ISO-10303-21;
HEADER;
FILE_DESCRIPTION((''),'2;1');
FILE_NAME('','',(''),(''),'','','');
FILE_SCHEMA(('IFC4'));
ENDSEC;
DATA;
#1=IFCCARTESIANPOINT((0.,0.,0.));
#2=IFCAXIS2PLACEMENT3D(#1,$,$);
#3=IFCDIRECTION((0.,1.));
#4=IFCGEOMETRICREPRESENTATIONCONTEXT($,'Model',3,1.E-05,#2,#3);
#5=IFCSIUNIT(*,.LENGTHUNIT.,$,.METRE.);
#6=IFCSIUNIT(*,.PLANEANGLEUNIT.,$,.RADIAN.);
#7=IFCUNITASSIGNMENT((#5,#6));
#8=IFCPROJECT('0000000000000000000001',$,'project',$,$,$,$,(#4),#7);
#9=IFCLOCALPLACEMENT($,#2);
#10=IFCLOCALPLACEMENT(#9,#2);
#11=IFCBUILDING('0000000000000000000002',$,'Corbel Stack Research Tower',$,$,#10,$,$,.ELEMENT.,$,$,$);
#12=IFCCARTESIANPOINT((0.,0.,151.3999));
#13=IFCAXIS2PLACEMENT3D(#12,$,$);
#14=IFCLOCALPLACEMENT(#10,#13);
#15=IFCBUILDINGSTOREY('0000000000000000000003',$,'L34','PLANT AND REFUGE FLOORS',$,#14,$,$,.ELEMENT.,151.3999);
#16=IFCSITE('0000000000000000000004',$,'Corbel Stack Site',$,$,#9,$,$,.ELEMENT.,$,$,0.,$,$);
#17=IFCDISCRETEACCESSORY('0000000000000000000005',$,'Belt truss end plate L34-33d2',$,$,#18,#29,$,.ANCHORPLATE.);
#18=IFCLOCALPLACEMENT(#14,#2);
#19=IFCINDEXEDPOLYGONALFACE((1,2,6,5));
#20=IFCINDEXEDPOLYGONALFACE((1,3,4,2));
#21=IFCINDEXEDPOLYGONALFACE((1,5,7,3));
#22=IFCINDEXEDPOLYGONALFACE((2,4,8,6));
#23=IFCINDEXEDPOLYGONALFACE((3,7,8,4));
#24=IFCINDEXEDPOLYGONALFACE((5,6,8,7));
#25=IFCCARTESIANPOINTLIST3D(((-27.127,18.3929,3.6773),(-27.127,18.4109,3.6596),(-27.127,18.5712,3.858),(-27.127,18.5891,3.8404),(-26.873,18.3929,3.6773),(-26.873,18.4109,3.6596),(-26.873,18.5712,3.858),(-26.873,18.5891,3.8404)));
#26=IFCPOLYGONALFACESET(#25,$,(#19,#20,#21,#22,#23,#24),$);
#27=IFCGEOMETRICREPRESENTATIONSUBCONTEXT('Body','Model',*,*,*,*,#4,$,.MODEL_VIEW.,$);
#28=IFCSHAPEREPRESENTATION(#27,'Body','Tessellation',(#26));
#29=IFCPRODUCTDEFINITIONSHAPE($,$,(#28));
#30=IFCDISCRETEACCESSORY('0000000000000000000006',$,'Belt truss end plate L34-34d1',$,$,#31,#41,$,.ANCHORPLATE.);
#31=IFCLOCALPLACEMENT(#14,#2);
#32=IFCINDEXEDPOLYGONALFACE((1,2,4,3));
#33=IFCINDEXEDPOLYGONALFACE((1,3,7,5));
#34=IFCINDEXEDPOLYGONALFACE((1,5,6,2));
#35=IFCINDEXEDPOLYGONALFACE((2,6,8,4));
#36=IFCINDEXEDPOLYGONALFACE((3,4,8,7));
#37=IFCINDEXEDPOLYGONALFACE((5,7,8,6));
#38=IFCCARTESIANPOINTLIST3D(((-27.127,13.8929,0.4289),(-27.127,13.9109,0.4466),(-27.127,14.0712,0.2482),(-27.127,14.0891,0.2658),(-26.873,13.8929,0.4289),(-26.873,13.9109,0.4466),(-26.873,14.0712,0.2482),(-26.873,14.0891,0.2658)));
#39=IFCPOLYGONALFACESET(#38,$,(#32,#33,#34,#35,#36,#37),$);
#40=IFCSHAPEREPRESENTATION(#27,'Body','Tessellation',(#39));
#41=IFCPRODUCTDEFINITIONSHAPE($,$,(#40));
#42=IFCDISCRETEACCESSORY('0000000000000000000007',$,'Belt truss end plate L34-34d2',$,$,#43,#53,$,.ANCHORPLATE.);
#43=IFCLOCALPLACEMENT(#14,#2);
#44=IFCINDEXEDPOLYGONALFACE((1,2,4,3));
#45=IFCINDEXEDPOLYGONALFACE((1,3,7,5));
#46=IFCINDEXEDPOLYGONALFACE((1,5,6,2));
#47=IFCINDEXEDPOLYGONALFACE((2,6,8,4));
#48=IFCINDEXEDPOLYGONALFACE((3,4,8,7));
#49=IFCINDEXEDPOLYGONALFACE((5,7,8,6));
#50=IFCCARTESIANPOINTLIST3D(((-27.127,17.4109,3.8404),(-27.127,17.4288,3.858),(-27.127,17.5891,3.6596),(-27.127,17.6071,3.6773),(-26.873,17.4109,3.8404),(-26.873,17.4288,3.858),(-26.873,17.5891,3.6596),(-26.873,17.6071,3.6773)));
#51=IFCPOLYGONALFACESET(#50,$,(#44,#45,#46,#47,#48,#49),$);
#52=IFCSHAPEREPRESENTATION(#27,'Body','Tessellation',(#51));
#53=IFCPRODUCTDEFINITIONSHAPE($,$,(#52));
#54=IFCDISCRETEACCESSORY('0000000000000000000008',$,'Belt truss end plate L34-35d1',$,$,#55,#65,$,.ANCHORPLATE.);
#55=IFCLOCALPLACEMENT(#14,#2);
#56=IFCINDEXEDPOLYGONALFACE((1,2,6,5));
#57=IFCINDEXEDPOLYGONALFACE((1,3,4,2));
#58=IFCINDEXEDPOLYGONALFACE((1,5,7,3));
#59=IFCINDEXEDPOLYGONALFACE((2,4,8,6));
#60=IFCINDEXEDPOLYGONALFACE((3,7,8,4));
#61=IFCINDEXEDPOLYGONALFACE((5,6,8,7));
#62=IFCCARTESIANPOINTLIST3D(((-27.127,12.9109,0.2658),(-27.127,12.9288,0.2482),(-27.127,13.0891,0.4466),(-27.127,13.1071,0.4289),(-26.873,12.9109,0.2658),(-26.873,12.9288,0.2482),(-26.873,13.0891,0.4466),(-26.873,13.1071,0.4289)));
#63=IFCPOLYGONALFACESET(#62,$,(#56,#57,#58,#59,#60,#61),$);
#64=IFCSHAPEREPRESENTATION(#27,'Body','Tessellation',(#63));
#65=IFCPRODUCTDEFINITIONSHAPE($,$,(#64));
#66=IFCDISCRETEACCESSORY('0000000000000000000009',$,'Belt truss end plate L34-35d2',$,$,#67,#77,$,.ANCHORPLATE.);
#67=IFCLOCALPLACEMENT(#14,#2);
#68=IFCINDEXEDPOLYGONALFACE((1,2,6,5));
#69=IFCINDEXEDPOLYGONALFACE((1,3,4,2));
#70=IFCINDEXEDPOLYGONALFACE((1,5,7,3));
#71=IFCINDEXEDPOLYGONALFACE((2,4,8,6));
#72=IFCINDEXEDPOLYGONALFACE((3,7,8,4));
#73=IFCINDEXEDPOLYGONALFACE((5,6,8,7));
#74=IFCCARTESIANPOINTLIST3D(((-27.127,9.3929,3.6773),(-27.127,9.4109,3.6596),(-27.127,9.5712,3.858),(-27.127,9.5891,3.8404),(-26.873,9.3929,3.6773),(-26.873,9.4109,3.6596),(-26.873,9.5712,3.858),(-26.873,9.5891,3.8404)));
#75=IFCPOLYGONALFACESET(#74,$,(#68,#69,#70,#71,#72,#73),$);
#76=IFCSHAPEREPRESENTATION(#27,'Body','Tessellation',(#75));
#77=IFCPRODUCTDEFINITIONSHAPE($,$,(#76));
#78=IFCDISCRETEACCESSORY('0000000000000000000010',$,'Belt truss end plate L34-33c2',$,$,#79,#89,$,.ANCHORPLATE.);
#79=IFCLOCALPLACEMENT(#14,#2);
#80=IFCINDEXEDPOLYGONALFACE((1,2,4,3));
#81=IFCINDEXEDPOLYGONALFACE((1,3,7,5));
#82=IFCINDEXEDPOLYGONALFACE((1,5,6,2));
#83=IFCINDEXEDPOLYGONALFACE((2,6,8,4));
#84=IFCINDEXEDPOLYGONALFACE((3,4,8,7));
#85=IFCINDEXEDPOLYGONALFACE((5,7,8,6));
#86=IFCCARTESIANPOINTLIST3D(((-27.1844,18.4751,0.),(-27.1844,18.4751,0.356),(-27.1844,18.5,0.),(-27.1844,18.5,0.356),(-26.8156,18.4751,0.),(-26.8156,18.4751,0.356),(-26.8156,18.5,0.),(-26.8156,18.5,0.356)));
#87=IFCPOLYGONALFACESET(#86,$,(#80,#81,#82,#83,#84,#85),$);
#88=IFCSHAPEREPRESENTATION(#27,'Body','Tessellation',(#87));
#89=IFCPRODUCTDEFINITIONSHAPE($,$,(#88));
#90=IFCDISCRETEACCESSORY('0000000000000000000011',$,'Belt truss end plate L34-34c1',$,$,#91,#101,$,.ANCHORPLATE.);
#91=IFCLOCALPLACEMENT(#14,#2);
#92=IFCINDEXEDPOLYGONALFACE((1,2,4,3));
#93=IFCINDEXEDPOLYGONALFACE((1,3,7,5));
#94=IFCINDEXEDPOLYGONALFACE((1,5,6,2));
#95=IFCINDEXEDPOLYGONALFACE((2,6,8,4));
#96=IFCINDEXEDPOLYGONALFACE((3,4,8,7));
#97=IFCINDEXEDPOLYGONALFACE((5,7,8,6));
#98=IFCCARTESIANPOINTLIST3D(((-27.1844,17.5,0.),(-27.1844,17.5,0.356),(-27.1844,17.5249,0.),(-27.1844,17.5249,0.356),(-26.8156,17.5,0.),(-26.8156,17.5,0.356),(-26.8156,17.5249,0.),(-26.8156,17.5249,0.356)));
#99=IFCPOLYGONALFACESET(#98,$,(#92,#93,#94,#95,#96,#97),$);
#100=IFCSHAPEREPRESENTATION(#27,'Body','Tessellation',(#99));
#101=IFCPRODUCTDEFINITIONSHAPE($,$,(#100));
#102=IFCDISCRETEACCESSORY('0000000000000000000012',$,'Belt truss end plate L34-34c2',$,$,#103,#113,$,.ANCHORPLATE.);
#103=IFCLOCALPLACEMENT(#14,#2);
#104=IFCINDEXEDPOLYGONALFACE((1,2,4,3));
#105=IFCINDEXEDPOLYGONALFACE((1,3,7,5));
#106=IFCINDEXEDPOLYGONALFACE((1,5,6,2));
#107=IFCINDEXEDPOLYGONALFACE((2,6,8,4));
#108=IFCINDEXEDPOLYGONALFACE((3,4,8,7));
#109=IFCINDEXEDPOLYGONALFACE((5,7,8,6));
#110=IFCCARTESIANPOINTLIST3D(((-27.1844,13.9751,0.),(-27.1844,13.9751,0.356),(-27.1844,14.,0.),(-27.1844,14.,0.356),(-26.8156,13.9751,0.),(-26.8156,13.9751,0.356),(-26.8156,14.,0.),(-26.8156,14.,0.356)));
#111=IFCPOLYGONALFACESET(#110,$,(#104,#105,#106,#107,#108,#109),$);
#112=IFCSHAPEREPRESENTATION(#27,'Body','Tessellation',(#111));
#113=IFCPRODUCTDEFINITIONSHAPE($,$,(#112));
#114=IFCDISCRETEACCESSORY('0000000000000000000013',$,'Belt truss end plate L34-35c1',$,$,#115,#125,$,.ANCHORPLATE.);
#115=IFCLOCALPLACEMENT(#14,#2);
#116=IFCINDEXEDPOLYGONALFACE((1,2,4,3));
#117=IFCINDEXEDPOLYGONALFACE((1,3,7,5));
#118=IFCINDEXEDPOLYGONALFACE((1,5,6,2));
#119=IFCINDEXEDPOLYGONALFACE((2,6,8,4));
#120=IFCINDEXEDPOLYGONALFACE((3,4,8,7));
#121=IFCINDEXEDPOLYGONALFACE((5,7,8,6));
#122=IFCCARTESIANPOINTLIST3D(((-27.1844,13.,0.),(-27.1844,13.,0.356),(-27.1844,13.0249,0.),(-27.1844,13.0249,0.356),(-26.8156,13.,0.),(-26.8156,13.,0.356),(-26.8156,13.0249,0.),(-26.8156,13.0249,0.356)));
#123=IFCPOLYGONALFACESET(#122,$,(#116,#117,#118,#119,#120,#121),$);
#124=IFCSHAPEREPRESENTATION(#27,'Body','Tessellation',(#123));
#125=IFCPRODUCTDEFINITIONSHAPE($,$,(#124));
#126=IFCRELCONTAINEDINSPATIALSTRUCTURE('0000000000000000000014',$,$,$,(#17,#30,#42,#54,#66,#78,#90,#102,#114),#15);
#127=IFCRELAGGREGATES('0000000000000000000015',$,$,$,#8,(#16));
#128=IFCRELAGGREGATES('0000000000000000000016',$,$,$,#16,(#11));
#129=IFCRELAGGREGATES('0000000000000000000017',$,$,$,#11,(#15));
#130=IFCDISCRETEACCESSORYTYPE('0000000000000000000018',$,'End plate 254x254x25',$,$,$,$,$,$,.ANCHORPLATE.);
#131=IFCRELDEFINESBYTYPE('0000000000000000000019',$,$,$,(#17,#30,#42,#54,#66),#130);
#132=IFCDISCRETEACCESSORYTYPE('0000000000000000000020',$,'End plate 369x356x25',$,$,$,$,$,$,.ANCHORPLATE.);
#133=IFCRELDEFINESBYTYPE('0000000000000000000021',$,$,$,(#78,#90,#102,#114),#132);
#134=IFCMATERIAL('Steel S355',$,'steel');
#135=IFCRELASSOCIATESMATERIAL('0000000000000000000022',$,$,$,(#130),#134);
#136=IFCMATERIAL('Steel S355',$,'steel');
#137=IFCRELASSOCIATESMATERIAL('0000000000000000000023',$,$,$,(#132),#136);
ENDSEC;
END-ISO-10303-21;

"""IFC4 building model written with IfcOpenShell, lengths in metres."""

from ifc_helpers import new_model, si_unit, direction, frame, origin, origin_2d, place, context, subcontext, project, spatial, rectangle, extrude, material, material_profile, profile_set, type_object, element, save


model = new_model("IFC4")

# Units and contexts
model_context = context("Model", 3, precision=1e-05, world=origin(), true_north=direction((0.0, 1.0)))
body_context = subcontext(model_context, "Body", "Model", "MODEL_VIEW")
ifc_project = project(units=[si_unit("LENGTHUNIT", "METRE"), si_unit("PLANEANGLEUNIT", "RADIAN")], contexts=[model_context])

# Site, building, storey
site_placement = place(None, origin())
site = spatial("IfcSite", under=ifc_project, at=site_placement, Name="Corbel Stack Site", CompositionType="ELEMENT", RefElevation=0.0)
building_placement = place(site_placement, origin())
building = spatial("IfcBuilding", under=site, at=building_placement, Name="Corbel Stack Research Tower", CompositionType="ELEMENT")
storey_placement = place(building_placement, frame((0.0, 0.0, 151.3999)))
storey = spatial("IfcBuildingStorey", under=building, at=storey_placement, Name="L34", Description="PLANT AND REFUGE FLOORS", CompositionType="ELEMENT", Elevation=151.3999)

# Discrete accessories
ifc_material_1 = material(Name="Steel S355", Category="steel")
ifc_material_profile_1 = material_profile(ifc_material_1, rectangle(XDim=0.2539, YDim=0.2539, at=origin_2d()), Name="End plate 254x254x25")
ifc_profile_set_1 = profile_set([ifc_material_profile_1], Name="Steel S355")
discrete_accessory_type_1 = type_object("IfcDiscreteAccessoryType", Name="End plate 254x254x25", PredefinedType="ANCHORPLATE", material=ifc_profile_set_1)
for number, where, z_axis, x_axis, name in (
    (1, (-27.0, 18.5, 3.75), (0.0, -0.711966, 0.702213), (1.0, 0.0, 0.0), "Belt truss end plate L34-33d2"),
    (2, (-27.0, 14.0, 0.3562), (0.0, -0.711966, -0.702213), (1.0, 0.0, 0.0), "Belt truss end plate L34-34d1"),
    (3, (-27.0, 17.5, 3.75), (0.0, 0.711966, 0.702213), (-1.0, 0.0, 0.0), "Belt truss end plate L34-34d2"),
    (4, (-27.0, 13.0, 0.3562), (0.0, 0.711966, -0.702213), (-1.0, 0.0, 0.0), "Belt truss end plate L34-35d1"),
    (5, (-27.0, 9.5, 3.75), (0.0, -0.711966, 0.702213), (1.0, 0.0, 0.0), "Belt truss end plate L34-35d2"),
):
    element("IfcDiscreteAccessory", number, at=place(storey_placement, frame(where, z_axis=z_axis, x_axis=x_axis)), inside=storey, type_object=discrete_accessory_type_1, Name=name, PredefinedType="ANCHORPLATE", context=body_context, shape_type="SweptSolid", body=[
        extrude(rectangle(XDim=0.2539, YDim=0.2539, at=origin_2d()), origin(), (0.0, 0.0, 1.0), 0.0251),
    ])
ifc_material_2 = material(Name="Steel S355", Category="steel")
ifc_material_profile_2 = material_profile(ifc_material_2, rectangle(XDim=0.3689, YDim=0.356, at=origin_2d()), Name="End plate 369x356x25")
ifc_profile_set_2 = profile_set([ifc_material_profile_2], Name="Steel S355")
discrete_accessory_type_2 = type_object("IfcDiscreteAccessoryType", Name="End plate 369x356x25", PredefinedType="ANCHORPLATE", material=ifc_profile_set_2)
for number, where, z_axis, x_axis, name in (
    (6, (-27.0, 18.5, 0.178), (0.0, -1.0, 0.0), (1.0, 0.0, 0.0), "Belt truss end plate L34-33c2"),
    (7, (-27.0, 17.5, 0.178), (0.0, 1.0, 0.0), (-1.0, 0.0, 0.0), "Belt truss end plate L34-34c1"),
    (8, (-27.0, 14.0, 0.178), (0.0, -1.0, 0.0), (1.0, 0.0, 0.0), "Belt truss end plate L34-34c2"),
    (9, (-27.0, 13.0, 0.178), (0.0, 1.0, 0.0), (-1.0, 0.0, 0.0), "Belt truss end plate L34-35c1"),
):
    element("IfcDiscreteAccessory", number, at=place(storey_placement, frame(where, z_axis=z_axis, x_axis=x_axis)), inside=storey, type_object=discrete_accessory_type_2, Name=name, PredefinedType="ANCHORPLATE", context=body_context, shape_type="SweptSolid", body=[
        extrude(rectangle(XDim=0.3689, YDim=0.356, at=origin_2d()), origin(), (0.0, 0.0, 1.0), 0.0249),
    ])

save(model, "model.ifc")
